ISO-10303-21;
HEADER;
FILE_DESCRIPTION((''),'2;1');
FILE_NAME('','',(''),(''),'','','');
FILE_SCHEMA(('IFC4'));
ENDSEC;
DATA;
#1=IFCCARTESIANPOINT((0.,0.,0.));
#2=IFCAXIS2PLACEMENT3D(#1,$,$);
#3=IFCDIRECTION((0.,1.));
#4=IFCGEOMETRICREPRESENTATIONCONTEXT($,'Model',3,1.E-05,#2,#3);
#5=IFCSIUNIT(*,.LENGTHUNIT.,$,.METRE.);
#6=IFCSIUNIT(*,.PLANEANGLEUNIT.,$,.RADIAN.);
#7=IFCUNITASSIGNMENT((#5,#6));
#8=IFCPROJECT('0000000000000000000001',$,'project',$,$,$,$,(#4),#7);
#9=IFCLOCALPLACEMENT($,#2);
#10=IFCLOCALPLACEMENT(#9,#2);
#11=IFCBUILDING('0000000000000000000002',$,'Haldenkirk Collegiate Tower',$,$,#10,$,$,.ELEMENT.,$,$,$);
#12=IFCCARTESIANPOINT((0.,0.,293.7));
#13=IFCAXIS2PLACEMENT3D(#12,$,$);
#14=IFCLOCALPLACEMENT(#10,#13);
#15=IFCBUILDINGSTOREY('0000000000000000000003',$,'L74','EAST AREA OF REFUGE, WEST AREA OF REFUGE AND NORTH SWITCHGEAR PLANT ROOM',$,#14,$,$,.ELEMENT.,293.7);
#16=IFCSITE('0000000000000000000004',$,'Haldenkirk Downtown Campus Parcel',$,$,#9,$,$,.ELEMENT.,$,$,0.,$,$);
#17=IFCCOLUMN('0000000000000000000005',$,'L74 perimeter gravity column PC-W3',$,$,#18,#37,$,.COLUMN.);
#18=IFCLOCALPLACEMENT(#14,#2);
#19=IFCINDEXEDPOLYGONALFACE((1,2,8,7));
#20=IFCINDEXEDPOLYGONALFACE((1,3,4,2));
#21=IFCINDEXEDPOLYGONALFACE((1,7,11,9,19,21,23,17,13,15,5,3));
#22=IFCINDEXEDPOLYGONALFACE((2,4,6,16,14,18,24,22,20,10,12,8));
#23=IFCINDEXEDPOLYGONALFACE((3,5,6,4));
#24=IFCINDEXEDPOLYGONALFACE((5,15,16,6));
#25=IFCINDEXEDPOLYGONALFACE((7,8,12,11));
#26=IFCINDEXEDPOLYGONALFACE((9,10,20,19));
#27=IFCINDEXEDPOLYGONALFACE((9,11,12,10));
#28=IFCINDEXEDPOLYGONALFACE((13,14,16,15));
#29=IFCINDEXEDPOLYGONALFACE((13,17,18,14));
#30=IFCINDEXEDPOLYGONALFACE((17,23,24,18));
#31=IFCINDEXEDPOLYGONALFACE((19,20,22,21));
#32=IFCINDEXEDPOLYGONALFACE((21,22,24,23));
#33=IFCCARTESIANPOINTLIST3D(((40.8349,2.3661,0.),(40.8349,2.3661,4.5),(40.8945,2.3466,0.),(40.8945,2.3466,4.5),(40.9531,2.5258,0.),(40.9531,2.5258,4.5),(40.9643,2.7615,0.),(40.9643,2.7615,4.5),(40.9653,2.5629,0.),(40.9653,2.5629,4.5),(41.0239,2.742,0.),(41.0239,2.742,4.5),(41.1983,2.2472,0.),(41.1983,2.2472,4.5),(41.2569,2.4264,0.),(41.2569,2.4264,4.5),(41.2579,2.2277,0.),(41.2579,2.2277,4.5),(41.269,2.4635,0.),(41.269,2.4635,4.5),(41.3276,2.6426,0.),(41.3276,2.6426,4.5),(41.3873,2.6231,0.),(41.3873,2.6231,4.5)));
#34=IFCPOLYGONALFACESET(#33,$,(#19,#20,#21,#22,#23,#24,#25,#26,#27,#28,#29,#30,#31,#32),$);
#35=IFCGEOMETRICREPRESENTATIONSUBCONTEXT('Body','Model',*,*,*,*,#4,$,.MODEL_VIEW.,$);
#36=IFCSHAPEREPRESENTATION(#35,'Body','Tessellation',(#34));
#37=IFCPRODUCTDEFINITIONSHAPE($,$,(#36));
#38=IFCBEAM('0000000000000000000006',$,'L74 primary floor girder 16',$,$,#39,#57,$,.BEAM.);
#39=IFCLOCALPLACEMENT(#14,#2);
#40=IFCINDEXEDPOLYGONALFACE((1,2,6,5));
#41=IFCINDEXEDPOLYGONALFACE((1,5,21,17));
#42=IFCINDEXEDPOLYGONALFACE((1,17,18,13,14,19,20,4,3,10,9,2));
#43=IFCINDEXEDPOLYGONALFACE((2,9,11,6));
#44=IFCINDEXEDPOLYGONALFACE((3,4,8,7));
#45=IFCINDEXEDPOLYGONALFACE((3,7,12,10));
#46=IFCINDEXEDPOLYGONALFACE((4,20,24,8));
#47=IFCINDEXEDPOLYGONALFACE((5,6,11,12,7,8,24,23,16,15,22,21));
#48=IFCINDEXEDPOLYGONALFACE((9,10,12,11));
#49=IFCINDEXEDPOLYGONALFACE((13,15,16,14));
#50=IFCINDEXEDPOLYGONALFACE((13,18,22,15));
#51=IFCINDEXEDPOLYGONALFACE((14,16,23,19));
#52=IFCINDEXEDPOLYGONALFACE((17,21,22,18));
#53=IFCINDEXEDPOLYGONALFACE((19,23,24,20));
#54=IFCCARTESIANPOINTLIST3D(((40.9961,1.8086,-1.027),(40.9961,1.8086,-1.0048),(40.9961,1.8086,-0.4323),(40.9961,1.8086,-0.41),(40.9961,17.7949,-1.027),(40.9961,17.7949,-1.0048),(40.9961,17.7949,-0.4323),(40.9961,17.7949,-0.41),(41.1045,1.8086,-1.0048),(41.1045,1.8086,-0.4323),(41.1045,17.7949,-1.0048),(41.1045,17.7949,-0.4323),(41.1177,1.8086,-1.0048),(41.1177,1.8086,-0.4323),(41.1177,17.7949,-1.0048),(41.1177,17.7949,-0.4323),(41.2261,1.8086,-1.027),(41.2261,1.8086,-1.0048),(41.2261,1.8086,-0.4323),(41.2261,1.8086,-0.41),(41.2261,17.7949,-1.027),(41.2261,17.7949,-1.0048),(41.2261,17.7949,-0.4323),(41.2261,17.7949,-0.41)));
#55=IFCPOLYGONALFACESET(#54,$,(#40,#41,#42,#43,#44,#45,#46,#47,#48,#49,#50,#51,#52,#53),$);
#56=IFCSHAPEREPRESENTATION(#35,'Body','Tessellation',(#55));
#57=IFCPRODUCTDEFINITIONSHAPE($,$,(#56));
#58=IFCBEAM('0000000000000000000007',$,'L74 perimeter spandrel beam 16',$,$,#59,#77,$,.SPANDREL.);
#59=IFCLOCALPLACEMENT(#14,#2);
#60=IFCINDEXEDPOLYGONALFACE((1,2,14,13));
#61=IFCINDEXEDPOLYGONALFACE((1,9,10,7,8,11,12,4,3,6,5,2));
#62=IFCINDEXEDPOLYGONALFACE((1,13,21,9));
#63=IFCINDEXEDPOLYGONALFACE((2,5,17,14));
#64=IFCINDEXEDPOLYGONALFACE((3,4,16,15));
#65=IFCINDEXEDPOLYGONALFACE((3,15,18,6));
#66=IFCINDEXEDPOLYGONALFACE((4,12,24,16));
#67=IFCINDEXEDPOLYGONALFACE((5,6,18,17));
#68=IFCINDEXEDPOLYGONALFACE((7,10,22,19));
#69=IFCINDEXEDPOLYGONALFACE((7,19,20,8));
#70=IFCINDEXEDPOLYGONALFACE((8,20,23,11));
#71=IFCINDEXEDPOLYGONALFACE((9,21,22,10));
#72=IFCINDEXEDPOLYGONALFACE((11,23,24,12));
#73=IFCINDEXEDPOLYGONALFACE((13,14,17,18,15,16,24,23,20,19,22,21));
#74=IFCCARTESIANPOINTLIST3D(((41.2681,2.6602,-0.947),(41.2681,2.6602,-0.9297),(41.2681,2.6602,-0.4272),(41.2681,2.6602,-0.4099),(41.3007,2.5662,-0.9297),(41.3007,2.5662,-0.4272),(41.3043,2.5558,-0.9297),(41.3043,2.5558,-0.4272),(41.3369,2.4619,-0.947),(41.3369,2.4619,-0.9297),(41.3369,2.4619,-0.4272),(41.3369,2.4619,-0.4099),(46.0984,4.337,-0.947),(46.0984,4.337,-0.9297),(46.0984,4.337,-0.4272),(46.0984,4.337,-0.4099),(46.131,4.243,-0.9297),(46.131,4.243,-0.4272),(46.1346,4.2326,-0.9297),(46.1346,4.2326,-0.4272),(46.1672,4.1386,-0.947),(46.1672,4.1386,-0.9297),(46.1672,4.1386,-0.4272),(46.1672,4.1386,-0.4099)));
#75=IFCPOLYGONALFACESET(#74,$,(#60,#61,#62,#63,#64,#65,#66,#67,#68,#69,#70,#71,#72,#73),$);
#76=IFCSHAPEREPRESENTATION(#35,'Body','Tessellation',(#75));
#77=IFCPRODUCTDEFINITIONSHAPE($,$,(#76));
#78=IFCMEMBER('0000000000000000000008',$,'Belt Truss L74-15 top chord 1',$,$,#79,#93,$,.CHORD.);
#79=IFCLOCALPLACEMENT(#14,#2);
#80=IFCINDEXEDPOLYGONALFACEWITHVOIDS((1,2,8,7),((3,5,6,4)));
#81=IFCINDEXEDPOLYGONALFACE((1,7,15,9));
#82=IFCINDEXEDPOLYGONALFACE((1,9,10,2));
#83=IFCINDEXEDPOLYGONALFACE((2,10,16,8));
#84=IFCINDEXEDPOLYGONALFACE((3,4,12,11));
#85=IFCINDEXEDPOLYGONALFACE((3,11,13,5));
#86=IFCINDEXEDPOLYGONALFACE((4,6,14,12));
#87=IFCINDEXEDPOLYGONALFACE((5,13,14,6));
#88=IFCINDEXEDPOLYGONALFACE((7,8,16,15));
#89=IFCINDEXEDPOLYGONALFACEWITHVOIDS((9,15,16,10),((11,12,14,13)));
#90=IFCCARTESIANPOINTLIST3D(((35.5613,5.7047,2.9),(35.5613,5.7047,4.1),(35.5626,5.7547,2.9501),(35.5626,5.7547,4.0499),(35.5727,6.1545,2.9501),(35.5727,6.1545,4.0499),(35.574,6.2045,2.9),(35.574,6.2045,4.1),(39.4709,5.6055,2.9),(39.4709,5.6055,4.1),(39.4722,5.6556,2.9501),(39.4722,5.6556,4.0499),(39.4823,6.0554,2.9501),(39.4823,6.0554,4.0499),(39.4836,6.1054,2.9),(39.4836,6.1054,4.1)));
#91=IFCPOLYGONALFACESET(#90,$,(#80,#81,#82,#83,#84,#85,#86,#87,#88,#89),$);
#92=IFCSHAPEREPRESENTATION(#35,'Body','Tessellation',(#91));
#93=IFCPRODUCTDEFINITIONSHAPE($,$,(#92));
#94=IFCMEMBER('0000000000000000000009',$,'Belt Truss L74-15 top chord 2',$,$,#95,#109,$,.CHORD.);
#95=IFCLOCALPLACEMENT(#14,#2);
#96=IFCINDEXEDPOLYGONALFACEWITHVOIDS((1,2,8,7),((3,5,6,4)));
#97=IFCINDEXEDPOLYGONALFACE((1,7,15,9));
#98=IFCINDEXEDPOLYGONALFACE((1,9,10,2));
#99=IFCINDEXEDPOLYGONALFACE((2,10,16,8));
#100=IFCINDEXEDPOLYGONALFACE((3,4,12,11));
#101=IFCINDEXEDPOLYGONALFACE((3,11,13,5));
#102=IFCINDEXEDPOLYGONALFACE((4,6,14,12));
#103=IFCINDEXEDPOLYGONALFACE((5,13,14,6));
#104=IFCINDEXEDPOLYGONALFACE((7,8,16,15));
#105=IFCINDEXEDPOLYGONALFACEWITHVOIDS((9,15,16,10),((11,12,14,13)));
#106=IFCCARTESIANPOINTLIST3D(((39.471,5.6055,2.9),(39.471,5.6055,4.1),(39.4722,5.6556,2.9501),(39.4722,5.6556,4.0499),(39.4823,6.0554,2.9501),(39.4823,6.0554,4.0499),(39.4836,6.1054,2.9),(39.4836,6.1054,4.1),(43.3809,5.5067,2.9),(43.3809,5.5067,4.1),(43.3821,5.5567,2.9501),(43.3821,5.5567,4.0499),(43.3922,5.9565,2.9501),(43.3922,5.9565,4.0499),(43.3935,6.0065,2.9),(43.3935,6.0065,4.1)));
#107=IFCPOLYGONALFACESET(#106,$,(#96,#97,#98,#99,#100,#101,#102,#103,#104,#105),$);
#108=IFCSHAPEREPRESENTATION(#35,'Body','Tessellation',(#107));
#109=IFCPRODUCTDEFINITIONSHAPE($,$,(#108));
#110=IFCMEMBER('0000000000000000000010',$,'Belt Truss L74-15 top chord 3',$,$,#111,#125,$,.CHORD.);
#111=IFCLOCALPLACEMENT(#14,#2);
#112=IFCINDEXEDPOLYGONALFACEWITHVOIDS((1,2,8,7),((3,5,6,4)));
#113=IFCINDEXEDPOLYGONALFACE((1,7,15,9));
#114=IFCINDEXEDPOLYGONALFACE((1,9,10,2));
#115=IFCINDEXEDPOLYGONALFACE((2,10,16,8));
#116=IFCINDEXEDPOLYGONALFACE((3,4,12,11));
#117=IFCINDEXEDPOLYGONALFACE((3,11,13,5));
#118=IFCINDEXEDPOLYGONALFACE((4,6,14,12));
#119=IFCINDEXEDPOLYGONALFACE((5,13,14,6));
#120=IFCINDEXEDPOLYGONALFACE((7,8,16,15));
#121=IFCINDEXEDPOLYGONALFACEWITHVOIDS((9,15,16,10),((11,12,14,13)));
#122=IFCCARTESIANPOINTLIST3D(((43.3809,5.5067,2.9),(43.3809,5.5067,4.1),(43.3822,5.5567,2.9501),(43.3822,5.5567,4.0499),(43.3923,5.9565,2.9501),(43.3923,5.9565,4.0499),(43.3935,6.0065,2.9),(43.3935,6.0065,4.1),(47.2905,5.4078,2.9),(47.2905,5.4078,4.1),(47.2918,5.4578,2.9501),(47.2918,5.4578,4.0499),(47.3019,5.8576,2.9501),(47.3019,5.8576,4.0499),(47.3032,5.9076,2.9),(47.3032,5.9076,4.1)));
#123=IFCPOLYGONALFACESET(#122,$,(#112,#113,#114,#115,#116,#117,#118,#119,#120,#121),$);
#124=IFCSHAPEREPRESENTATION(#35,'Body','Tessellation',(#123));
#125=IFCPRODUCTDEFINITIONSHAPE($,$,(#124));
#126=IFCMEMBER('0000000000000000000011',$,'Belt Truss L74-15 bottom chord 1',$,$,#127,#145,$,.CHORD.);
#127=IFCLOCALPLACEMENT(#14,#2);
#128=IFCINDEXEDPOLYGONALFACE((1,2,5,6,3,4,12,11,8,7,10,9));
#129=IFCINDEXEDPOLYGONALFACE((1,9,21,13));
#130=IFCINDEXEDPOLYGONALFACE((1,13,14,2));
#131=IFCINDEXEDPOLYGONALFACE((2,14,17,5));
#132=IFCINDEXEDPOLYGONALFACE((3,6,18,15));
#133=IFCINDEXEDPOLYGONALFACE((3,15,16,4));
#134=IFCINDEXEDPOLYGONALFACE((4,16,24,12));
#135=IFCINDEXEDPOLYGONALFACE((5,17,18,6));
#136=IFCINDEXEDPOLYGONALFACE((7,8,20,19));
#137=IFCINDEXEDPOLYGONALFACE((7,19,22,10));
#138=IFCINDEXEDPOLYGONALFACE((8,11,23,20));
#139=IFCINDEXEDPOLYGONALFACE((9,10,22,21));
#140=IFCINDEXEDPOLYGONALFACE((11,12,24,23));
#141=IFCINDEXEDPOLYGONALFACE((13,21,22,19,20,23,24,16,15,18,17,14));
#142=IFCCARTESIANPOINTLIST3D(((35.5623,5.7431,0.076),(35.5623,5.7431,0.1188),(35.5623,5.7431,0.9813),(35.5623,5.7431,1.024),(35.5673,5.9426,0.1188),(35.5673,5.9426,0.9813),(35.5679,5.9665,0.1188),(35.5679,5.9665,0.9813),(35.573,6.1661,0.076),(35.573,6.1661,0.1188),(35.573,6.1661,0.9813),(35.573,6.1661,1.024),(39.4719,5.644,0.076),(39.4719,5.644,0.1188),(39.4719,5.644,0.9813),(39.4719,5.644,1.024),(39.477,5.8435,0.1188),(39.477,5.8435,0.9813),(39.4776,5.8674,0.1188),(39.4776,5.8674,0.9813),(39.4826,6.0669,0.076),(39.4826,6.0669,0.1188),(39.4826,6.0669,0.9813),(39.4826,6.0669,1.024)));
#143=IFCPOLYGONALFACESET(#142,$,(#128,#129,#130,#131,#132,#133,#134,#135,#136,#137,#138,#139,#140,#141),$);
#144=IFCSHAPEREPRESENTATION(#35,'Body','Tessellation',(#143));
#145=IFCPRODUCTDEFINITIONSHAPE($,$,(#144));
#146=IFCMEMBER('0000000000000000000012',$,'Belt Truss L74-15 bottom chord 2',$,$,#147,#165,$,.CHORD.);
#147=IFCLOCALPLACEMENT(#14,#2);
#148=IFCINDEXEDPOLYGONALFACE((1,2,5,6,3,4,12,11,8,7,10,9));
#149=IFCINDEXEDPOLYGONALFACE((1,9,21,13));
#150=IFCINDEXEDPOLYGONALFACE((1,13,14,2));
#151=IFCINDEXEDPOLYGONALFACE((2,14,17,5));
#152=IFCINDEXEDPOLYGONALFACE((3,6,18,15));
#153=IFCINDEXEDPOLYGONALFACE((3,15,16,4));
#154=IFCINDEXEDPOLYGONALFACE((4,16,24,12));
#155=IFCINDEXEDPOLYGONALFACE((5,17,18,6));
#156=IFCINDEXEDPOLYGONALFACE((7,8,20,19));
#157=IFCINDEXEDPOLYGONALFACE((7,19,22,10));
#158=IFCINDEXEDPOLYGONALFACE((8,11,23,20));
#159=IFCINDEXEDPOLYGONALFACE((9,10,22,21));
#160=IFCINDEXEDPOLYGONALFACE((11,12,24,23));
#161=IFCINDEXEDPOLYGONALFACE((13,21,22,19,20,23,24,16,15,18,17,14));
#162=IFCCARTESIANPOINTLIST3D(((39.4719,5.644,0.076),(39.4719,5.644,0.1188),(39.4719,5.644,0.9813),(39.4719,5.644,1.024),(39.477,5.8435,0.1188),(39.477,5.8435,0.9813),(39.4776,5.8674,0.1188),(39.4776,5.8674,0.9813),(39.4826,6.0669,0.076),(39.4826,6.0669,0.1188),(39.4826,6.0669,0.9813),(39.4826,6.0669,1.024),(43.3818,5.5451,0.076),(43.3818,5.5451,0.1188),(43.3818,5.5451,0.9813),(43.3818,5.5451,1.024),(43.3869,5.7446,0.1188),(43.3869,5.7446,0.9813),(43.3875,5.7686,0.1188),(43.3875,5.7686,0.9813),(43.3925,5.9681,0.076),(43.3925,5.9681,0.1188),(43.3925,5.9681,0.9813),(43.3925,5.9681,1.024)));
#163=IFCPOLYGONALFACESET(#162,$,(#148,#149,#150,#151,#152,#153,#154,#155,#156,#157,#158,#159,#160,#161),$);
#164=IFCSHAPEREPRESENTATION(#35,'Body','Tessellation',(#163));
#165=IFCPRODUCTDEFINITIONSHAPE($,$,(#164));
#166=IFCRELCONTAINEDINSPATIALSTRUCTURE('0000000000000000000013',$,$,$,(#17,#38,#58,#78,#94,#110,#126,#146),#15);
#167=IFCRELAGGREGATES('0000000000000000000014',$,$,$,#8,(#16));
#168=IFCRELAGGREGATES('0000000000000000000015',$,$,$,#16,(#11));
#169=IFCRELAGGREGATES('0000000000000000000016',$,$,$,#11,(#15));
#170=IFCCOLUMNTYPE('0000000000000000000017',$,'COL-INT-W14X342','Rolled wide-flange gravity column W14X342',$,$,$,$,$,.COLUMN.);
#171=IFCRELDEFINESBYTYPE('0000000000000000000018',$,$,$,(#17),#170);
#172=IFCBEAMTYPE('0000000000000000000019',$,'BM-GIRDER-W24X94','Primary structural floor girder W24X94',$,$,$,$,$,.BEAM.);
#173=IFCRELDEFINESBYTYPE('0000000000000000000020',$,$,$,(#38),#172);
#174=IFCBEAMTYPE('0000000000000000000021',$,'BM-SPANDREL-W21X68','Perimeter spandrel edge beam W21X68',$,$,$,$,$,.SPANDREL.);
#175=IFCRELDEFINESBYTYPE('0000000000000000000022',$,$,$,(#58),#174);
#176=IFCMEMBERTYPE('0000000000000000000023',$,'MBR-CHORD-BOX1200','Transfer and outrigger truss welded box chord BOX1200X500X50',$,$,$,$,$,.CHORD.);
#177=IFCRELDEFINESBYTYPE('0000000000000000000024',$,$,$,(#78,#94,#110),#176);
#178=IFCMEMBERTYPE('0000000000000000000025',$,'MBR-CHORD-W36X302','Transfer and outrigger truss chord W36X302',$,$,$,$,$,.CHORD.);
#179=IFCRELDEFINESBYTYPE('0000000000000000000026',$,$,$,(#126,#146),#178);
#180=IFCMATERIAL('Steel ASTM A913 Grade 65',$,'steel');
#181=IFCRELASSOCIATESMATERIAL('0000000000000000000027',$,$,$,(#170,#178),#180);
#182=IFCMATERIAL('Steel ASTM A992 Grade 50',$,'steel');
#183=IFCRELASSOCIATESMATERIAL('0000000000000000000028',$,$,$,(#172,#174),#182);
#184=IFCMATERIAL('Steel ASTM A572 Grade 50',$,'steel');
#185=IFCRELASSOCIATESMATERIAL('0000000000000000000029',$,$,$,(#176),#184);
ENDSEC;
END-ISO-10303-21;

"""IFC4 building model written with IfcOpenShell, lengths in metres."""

from ifc_helpers import new_model, si_unit, direction, frame, origin, origin_2d, place, context, subcontext, project, spatial, hollow_rectangle, i_section, extrude, material, material_profile, profile_set, type_object, element, save


model = new_model("IFC4")

# Units and contexts
model_context = context("Model", 3, precision=1e-05, world=origin(), true_north=direction((0.0, 1.0)))
body_context = subcontext(model_context, "Body", "Model", "MODEL_VIEW")
ifc_project = project(units=[si_unit("LENGTHUNIT", "METRE"), si_unit("PLANEANGLEUNIT", "RADIAN")], contexts=[model_context])

# Site, building, storey
site_placement = place(None, origin())
site = spatial("IfcSite", under=ifc_project, at=site_placement, Name="Haldenkirk Downtown Campus Parcel", CompositionType="ELEMENT", RefElevation=0.0)
building_placement = place(site_placement, origin())
building = spatial("IfcBuilding", under=site, at=building_placement, Name="Haldenkirk Collegiate Tower", CompositionType="ELEMENT")
storey_placement = place(building_placement, frame((0.0, 0.0, 293.7)))
storey = spatial("IfcBuildingStorey", under=building, at=storey_placement, Name="L74", Description="EAST AREA OF REFUGE, WEST AREA OF REFUGE AND NORTH SWITCHGEAR PLANT ROOM", CompositionType="ELEMENT", Elevation=293.7)

# Column
ifc_material_1 = material(Name="Steel ASTM A913 Grade 65", Category="steel")
ifc_material_profile_1 = material_profile(ifc_material_1, i_section(OverallWidth=0.416, OverallDepth=0.4451, WebThickness=0.0391, FlangeThickness=0.0627, at=origin_2d()), Name="W14X342")
ifc_profile_set_1 = profile_set([ifc_material_profile_1], Name="Steel ASTM A913 Grade 65")
column_type = type_object("IfcColumnType", Name="COL-INT-W14X342", Description="Rolled wide-flange gravity column W14X342", PredefinedType="COLUMN", material=ifc_profile_set_1)
column_placement = place(storey_placement, frame((41.1111, 2.4946, 0.0), z_axis=(0.0, 0.0, 1.0), x_axis=(0.311008, 0.950407, 0.0)))
element("IfcColumn", 1, at=column_placement, inside=storey, type_object=column_type, Name="L74 perimeter gravity column PC-W3", PredefinedType="COLUMN", context=body_context, shape_type="SweptSolid", body=[
    extrude(i_section(OverallWidth=0.416, OverallDepth=0.4451, WebThickness=0.0391, FlangeThickness=0.0627, at=origin_2d()), origin(), (0.0, 0.0, 1.0), 4.5),
])

# Beams
ifc_material_2 = material(Name="Steel ASTM A992 Grade 50", Category="steel")
ifc_material_profile_2 = material_profile(ifc_material_2, i_section(OverallWidth=0.23, OverallDepth=0.6169, WebThickness=0.0132, FlangeThickness=0.0222, at=origin_2d()), Name="W24X94")
ifc_profile_set_2 = profile_set([ifc_material_profile_2], Name="Steel ASTM A992 Grade 50")
beam_type_1 = type_object("IfcBeamType", Name="BM-GIRDER-W24X94", Description="Primary structural floor girder W24X94", PredefinedType="BEAM", material=ifc_profile_set_2)
beam_1_placement = place(storey_placement, frame((41.1111, 1.8086, -0.7185), z_axis=(0.0, 1.0, 0.0), x_axis=(-1.0, 0.0, 0.0)))
element("IfcBeam", 2, at=beam_1_placement, inside=storey, type_object=beam_type_1, Name="L74 primary floor girder 16", PredefinedType="BEAM", context=body_context, shape_type="SweptSolid", body=[
    extrude(i_section(OverallWidth=0.23, OverallDepth=0.6169, WebThickness=0.0132, FlangeThickness=0.0222, at=origin_2d()), origin(), (0.0, 0.0, 1.0), 15.9863),
])
ifc_material_profile_3 = material_profile(ifc_material_2, i_section(OverallWidth=0.21, OverallDepth=0.5371, WebThickness=0.011, FlangeThickness=0.0173, at=origin_2d()), Name="W21X68")
ifc_profile_set_3 = profile_set([ifc_material_profile_3], Name="Steel ASTM A992 Grade 50")
beam_type_2 = type_object("IfcBeamType", Name="BM-SPANDREL-W21X68", Description="Perimeter spandrel edge beam W21X68", PredefinedType="SPANDREL", material=ifc_profile_set_3)
beam_2_placement = place(storey_placement, frame((41.3025, 2.561, -0.6785), z_axis=(0.9447, 0.327935, 0.0), x_axis=(-0.327935, 0.9447, 0.0)))
element("IfcBeam", 3, at=beam_2_placement, inside=storey, type_object=beam_type_2, Name="L74 perimeter spandrel beam 16", PredefinedType="SPANDREL", context=body_context, shape_type="SweptSolid", body=[
    extrude(i_section(OverallWidth=0.21, OverallDepth=0.5371, WebThickness=0.011, FlangeThickness=0.0173, at=origin_2d()), origin(), (0.0, 0.0, 1.0), 5.113),
])

# Members
ifc_material_3 = material(Name="Steel ASTM A572 Grade 50", Category="steel")
ifc_material_profile_4 = material_profile(ifc_material_3, hollow_rectangle(XDim=0.5, YDim=1.2, WallThickness=0.05, at=origin_2d()), Name="BOX1200X500X50")
ifc_profile_set_4 = profile_set([ifc_material_profile_4], Name="Steel ASTM A572 Grade 50")
member_type_1 = type_object("IfcMemberType", Name="MBR-CHORD-BOX1200", Description="Transfer and outrigger truss welded box chord BOX1200X500X50", PredefinedType="CHORD", material=ifc_profile_set_4)
member_1_placement = place(storey_placement, frame((35.5676, 5.9546, 3.5), z_axis=(0.999679, -0.025345, 0.0), x_axis=(0.025345, 0.999679, 0.0)))
element("IfcMember", 4, at=member_1_placement, inside=storey, type_object=member_type_1, Name="Belt Truss L74-15 top chord 1", PredefinedType="CHORD", context=body_context, shape_type="SweptSolid", body=[
    extrude(hollow_rectangle(XDim=0.5, YDim=1.2, WallThickness=0.05, at=origin_2d()), origin(), (0.0, 0.0, 1.0), 3.9109),
])
member_2_placement = place(storey_placement, frame((39.4773, 5.8555, 3.5), z_axis=(0.99968, -0.025281, 0.0), x_axis=(0.025281, 0.99968, 0.0)))
element("IfcMember", 5, at=member_2_placement, inside=storey, type_object=member_type_1, Name="Belt Truss L74-15 top chord 2", PredefinedType="CHORD", context=body_context, shape_type="SweptSolid", body=[
    extrude(hollow_rectangle(XDim=0.5, YDim=1.2, WallThickness=0.05, at=origin_2d()), origin(), (0.0, 0.0, 1.0), 3.9111),
])
member_3_placement = place(storey_placement, frame((43.3872, 5.7566, 3.5), z_axis=(0.99968, -0.025282, 0.0), x_axis=(0.025282, 0.99968, 0.0)))
element("IfcMember", 6, at=member_3_placement, inside=storey, type_object=member_type_1, Name="Belt Truss L74-15 top chord 3", PredefinedType="CHORD", context=body_context, shape_type="SweptSolid", body=[
    extrude(hollow_rectangle(XDim=0.5, YDim=1.2, WallThickness=0.05, at=origin_2d()), origin(), (0.0, 0.0, 1.0), 3.9109),
])
ifc_material_profile_5 = material_profile(ifc_material_1, i_section(OverallWidth=0.4231, OverallDepth=0.948, WebThickness=0.0239, FlangeThickness=0.0427, at=origin_2d()), Name="W36X302")
ifc_profile_set_5 = profile_set([ifc_material_profile_5], Name="Steel ASTM A913 Grade 65")
member_type_2 = type_object("IfcMemberType", Name="MBR-CHORD-W36X302", Description="Transfer and outrigger truss chord W36X302", PredefinedType="CHORD", material=ifc_profile_set_5)
member_4_placement = place(storey_placement, frame((35.5676, 5.9546, 0.55), z_axis=(0.999679, -0.025345, 0.0), x_axis=(0.025345, 0.999679, 0.0)))
element("IfcMember", 7, at=member_4_placement, inside=storey, type_object=member_type_2, Name="Belt Truss L74-15 bottom chord 1", PredefinedType="CHORD", context=body_context, shape_type="SweptSolid", body=[
    extrude(i_section(OverallWidth=0.4231, OverallDepth=0.948, WebThickness=0.0239, FlangeThickness=0.0427, at=origin_2d()), origin(), (0.0, 0.0, 1.0), 3.9109),
])
member_5_placement = place(storey_placement, frame((39.4773, 5.8555, 0.55), z_axis=(0.99968, -0.025281, 0.0), x_axis=(0.025281, 0.99968, 0.0)))
element("IfcMember", 8, at=member_5_placement, inside=storey, type_object=member_type_2, Name="Belt Truss L74-15 bottom chord 2", PredefinedType="CHORD", context=body_context, shape_type="SweptSolid", body=[
    extrude(i_section(OverallWidth=0.4231, OverallDepth=0.948, WebThickness=0.0239, FlangeThickness=0.0427, at=origin_2d()), origin(), (0.0, 0.0, 1.0), 3.9111),
])

save(model, "model.ifc")
